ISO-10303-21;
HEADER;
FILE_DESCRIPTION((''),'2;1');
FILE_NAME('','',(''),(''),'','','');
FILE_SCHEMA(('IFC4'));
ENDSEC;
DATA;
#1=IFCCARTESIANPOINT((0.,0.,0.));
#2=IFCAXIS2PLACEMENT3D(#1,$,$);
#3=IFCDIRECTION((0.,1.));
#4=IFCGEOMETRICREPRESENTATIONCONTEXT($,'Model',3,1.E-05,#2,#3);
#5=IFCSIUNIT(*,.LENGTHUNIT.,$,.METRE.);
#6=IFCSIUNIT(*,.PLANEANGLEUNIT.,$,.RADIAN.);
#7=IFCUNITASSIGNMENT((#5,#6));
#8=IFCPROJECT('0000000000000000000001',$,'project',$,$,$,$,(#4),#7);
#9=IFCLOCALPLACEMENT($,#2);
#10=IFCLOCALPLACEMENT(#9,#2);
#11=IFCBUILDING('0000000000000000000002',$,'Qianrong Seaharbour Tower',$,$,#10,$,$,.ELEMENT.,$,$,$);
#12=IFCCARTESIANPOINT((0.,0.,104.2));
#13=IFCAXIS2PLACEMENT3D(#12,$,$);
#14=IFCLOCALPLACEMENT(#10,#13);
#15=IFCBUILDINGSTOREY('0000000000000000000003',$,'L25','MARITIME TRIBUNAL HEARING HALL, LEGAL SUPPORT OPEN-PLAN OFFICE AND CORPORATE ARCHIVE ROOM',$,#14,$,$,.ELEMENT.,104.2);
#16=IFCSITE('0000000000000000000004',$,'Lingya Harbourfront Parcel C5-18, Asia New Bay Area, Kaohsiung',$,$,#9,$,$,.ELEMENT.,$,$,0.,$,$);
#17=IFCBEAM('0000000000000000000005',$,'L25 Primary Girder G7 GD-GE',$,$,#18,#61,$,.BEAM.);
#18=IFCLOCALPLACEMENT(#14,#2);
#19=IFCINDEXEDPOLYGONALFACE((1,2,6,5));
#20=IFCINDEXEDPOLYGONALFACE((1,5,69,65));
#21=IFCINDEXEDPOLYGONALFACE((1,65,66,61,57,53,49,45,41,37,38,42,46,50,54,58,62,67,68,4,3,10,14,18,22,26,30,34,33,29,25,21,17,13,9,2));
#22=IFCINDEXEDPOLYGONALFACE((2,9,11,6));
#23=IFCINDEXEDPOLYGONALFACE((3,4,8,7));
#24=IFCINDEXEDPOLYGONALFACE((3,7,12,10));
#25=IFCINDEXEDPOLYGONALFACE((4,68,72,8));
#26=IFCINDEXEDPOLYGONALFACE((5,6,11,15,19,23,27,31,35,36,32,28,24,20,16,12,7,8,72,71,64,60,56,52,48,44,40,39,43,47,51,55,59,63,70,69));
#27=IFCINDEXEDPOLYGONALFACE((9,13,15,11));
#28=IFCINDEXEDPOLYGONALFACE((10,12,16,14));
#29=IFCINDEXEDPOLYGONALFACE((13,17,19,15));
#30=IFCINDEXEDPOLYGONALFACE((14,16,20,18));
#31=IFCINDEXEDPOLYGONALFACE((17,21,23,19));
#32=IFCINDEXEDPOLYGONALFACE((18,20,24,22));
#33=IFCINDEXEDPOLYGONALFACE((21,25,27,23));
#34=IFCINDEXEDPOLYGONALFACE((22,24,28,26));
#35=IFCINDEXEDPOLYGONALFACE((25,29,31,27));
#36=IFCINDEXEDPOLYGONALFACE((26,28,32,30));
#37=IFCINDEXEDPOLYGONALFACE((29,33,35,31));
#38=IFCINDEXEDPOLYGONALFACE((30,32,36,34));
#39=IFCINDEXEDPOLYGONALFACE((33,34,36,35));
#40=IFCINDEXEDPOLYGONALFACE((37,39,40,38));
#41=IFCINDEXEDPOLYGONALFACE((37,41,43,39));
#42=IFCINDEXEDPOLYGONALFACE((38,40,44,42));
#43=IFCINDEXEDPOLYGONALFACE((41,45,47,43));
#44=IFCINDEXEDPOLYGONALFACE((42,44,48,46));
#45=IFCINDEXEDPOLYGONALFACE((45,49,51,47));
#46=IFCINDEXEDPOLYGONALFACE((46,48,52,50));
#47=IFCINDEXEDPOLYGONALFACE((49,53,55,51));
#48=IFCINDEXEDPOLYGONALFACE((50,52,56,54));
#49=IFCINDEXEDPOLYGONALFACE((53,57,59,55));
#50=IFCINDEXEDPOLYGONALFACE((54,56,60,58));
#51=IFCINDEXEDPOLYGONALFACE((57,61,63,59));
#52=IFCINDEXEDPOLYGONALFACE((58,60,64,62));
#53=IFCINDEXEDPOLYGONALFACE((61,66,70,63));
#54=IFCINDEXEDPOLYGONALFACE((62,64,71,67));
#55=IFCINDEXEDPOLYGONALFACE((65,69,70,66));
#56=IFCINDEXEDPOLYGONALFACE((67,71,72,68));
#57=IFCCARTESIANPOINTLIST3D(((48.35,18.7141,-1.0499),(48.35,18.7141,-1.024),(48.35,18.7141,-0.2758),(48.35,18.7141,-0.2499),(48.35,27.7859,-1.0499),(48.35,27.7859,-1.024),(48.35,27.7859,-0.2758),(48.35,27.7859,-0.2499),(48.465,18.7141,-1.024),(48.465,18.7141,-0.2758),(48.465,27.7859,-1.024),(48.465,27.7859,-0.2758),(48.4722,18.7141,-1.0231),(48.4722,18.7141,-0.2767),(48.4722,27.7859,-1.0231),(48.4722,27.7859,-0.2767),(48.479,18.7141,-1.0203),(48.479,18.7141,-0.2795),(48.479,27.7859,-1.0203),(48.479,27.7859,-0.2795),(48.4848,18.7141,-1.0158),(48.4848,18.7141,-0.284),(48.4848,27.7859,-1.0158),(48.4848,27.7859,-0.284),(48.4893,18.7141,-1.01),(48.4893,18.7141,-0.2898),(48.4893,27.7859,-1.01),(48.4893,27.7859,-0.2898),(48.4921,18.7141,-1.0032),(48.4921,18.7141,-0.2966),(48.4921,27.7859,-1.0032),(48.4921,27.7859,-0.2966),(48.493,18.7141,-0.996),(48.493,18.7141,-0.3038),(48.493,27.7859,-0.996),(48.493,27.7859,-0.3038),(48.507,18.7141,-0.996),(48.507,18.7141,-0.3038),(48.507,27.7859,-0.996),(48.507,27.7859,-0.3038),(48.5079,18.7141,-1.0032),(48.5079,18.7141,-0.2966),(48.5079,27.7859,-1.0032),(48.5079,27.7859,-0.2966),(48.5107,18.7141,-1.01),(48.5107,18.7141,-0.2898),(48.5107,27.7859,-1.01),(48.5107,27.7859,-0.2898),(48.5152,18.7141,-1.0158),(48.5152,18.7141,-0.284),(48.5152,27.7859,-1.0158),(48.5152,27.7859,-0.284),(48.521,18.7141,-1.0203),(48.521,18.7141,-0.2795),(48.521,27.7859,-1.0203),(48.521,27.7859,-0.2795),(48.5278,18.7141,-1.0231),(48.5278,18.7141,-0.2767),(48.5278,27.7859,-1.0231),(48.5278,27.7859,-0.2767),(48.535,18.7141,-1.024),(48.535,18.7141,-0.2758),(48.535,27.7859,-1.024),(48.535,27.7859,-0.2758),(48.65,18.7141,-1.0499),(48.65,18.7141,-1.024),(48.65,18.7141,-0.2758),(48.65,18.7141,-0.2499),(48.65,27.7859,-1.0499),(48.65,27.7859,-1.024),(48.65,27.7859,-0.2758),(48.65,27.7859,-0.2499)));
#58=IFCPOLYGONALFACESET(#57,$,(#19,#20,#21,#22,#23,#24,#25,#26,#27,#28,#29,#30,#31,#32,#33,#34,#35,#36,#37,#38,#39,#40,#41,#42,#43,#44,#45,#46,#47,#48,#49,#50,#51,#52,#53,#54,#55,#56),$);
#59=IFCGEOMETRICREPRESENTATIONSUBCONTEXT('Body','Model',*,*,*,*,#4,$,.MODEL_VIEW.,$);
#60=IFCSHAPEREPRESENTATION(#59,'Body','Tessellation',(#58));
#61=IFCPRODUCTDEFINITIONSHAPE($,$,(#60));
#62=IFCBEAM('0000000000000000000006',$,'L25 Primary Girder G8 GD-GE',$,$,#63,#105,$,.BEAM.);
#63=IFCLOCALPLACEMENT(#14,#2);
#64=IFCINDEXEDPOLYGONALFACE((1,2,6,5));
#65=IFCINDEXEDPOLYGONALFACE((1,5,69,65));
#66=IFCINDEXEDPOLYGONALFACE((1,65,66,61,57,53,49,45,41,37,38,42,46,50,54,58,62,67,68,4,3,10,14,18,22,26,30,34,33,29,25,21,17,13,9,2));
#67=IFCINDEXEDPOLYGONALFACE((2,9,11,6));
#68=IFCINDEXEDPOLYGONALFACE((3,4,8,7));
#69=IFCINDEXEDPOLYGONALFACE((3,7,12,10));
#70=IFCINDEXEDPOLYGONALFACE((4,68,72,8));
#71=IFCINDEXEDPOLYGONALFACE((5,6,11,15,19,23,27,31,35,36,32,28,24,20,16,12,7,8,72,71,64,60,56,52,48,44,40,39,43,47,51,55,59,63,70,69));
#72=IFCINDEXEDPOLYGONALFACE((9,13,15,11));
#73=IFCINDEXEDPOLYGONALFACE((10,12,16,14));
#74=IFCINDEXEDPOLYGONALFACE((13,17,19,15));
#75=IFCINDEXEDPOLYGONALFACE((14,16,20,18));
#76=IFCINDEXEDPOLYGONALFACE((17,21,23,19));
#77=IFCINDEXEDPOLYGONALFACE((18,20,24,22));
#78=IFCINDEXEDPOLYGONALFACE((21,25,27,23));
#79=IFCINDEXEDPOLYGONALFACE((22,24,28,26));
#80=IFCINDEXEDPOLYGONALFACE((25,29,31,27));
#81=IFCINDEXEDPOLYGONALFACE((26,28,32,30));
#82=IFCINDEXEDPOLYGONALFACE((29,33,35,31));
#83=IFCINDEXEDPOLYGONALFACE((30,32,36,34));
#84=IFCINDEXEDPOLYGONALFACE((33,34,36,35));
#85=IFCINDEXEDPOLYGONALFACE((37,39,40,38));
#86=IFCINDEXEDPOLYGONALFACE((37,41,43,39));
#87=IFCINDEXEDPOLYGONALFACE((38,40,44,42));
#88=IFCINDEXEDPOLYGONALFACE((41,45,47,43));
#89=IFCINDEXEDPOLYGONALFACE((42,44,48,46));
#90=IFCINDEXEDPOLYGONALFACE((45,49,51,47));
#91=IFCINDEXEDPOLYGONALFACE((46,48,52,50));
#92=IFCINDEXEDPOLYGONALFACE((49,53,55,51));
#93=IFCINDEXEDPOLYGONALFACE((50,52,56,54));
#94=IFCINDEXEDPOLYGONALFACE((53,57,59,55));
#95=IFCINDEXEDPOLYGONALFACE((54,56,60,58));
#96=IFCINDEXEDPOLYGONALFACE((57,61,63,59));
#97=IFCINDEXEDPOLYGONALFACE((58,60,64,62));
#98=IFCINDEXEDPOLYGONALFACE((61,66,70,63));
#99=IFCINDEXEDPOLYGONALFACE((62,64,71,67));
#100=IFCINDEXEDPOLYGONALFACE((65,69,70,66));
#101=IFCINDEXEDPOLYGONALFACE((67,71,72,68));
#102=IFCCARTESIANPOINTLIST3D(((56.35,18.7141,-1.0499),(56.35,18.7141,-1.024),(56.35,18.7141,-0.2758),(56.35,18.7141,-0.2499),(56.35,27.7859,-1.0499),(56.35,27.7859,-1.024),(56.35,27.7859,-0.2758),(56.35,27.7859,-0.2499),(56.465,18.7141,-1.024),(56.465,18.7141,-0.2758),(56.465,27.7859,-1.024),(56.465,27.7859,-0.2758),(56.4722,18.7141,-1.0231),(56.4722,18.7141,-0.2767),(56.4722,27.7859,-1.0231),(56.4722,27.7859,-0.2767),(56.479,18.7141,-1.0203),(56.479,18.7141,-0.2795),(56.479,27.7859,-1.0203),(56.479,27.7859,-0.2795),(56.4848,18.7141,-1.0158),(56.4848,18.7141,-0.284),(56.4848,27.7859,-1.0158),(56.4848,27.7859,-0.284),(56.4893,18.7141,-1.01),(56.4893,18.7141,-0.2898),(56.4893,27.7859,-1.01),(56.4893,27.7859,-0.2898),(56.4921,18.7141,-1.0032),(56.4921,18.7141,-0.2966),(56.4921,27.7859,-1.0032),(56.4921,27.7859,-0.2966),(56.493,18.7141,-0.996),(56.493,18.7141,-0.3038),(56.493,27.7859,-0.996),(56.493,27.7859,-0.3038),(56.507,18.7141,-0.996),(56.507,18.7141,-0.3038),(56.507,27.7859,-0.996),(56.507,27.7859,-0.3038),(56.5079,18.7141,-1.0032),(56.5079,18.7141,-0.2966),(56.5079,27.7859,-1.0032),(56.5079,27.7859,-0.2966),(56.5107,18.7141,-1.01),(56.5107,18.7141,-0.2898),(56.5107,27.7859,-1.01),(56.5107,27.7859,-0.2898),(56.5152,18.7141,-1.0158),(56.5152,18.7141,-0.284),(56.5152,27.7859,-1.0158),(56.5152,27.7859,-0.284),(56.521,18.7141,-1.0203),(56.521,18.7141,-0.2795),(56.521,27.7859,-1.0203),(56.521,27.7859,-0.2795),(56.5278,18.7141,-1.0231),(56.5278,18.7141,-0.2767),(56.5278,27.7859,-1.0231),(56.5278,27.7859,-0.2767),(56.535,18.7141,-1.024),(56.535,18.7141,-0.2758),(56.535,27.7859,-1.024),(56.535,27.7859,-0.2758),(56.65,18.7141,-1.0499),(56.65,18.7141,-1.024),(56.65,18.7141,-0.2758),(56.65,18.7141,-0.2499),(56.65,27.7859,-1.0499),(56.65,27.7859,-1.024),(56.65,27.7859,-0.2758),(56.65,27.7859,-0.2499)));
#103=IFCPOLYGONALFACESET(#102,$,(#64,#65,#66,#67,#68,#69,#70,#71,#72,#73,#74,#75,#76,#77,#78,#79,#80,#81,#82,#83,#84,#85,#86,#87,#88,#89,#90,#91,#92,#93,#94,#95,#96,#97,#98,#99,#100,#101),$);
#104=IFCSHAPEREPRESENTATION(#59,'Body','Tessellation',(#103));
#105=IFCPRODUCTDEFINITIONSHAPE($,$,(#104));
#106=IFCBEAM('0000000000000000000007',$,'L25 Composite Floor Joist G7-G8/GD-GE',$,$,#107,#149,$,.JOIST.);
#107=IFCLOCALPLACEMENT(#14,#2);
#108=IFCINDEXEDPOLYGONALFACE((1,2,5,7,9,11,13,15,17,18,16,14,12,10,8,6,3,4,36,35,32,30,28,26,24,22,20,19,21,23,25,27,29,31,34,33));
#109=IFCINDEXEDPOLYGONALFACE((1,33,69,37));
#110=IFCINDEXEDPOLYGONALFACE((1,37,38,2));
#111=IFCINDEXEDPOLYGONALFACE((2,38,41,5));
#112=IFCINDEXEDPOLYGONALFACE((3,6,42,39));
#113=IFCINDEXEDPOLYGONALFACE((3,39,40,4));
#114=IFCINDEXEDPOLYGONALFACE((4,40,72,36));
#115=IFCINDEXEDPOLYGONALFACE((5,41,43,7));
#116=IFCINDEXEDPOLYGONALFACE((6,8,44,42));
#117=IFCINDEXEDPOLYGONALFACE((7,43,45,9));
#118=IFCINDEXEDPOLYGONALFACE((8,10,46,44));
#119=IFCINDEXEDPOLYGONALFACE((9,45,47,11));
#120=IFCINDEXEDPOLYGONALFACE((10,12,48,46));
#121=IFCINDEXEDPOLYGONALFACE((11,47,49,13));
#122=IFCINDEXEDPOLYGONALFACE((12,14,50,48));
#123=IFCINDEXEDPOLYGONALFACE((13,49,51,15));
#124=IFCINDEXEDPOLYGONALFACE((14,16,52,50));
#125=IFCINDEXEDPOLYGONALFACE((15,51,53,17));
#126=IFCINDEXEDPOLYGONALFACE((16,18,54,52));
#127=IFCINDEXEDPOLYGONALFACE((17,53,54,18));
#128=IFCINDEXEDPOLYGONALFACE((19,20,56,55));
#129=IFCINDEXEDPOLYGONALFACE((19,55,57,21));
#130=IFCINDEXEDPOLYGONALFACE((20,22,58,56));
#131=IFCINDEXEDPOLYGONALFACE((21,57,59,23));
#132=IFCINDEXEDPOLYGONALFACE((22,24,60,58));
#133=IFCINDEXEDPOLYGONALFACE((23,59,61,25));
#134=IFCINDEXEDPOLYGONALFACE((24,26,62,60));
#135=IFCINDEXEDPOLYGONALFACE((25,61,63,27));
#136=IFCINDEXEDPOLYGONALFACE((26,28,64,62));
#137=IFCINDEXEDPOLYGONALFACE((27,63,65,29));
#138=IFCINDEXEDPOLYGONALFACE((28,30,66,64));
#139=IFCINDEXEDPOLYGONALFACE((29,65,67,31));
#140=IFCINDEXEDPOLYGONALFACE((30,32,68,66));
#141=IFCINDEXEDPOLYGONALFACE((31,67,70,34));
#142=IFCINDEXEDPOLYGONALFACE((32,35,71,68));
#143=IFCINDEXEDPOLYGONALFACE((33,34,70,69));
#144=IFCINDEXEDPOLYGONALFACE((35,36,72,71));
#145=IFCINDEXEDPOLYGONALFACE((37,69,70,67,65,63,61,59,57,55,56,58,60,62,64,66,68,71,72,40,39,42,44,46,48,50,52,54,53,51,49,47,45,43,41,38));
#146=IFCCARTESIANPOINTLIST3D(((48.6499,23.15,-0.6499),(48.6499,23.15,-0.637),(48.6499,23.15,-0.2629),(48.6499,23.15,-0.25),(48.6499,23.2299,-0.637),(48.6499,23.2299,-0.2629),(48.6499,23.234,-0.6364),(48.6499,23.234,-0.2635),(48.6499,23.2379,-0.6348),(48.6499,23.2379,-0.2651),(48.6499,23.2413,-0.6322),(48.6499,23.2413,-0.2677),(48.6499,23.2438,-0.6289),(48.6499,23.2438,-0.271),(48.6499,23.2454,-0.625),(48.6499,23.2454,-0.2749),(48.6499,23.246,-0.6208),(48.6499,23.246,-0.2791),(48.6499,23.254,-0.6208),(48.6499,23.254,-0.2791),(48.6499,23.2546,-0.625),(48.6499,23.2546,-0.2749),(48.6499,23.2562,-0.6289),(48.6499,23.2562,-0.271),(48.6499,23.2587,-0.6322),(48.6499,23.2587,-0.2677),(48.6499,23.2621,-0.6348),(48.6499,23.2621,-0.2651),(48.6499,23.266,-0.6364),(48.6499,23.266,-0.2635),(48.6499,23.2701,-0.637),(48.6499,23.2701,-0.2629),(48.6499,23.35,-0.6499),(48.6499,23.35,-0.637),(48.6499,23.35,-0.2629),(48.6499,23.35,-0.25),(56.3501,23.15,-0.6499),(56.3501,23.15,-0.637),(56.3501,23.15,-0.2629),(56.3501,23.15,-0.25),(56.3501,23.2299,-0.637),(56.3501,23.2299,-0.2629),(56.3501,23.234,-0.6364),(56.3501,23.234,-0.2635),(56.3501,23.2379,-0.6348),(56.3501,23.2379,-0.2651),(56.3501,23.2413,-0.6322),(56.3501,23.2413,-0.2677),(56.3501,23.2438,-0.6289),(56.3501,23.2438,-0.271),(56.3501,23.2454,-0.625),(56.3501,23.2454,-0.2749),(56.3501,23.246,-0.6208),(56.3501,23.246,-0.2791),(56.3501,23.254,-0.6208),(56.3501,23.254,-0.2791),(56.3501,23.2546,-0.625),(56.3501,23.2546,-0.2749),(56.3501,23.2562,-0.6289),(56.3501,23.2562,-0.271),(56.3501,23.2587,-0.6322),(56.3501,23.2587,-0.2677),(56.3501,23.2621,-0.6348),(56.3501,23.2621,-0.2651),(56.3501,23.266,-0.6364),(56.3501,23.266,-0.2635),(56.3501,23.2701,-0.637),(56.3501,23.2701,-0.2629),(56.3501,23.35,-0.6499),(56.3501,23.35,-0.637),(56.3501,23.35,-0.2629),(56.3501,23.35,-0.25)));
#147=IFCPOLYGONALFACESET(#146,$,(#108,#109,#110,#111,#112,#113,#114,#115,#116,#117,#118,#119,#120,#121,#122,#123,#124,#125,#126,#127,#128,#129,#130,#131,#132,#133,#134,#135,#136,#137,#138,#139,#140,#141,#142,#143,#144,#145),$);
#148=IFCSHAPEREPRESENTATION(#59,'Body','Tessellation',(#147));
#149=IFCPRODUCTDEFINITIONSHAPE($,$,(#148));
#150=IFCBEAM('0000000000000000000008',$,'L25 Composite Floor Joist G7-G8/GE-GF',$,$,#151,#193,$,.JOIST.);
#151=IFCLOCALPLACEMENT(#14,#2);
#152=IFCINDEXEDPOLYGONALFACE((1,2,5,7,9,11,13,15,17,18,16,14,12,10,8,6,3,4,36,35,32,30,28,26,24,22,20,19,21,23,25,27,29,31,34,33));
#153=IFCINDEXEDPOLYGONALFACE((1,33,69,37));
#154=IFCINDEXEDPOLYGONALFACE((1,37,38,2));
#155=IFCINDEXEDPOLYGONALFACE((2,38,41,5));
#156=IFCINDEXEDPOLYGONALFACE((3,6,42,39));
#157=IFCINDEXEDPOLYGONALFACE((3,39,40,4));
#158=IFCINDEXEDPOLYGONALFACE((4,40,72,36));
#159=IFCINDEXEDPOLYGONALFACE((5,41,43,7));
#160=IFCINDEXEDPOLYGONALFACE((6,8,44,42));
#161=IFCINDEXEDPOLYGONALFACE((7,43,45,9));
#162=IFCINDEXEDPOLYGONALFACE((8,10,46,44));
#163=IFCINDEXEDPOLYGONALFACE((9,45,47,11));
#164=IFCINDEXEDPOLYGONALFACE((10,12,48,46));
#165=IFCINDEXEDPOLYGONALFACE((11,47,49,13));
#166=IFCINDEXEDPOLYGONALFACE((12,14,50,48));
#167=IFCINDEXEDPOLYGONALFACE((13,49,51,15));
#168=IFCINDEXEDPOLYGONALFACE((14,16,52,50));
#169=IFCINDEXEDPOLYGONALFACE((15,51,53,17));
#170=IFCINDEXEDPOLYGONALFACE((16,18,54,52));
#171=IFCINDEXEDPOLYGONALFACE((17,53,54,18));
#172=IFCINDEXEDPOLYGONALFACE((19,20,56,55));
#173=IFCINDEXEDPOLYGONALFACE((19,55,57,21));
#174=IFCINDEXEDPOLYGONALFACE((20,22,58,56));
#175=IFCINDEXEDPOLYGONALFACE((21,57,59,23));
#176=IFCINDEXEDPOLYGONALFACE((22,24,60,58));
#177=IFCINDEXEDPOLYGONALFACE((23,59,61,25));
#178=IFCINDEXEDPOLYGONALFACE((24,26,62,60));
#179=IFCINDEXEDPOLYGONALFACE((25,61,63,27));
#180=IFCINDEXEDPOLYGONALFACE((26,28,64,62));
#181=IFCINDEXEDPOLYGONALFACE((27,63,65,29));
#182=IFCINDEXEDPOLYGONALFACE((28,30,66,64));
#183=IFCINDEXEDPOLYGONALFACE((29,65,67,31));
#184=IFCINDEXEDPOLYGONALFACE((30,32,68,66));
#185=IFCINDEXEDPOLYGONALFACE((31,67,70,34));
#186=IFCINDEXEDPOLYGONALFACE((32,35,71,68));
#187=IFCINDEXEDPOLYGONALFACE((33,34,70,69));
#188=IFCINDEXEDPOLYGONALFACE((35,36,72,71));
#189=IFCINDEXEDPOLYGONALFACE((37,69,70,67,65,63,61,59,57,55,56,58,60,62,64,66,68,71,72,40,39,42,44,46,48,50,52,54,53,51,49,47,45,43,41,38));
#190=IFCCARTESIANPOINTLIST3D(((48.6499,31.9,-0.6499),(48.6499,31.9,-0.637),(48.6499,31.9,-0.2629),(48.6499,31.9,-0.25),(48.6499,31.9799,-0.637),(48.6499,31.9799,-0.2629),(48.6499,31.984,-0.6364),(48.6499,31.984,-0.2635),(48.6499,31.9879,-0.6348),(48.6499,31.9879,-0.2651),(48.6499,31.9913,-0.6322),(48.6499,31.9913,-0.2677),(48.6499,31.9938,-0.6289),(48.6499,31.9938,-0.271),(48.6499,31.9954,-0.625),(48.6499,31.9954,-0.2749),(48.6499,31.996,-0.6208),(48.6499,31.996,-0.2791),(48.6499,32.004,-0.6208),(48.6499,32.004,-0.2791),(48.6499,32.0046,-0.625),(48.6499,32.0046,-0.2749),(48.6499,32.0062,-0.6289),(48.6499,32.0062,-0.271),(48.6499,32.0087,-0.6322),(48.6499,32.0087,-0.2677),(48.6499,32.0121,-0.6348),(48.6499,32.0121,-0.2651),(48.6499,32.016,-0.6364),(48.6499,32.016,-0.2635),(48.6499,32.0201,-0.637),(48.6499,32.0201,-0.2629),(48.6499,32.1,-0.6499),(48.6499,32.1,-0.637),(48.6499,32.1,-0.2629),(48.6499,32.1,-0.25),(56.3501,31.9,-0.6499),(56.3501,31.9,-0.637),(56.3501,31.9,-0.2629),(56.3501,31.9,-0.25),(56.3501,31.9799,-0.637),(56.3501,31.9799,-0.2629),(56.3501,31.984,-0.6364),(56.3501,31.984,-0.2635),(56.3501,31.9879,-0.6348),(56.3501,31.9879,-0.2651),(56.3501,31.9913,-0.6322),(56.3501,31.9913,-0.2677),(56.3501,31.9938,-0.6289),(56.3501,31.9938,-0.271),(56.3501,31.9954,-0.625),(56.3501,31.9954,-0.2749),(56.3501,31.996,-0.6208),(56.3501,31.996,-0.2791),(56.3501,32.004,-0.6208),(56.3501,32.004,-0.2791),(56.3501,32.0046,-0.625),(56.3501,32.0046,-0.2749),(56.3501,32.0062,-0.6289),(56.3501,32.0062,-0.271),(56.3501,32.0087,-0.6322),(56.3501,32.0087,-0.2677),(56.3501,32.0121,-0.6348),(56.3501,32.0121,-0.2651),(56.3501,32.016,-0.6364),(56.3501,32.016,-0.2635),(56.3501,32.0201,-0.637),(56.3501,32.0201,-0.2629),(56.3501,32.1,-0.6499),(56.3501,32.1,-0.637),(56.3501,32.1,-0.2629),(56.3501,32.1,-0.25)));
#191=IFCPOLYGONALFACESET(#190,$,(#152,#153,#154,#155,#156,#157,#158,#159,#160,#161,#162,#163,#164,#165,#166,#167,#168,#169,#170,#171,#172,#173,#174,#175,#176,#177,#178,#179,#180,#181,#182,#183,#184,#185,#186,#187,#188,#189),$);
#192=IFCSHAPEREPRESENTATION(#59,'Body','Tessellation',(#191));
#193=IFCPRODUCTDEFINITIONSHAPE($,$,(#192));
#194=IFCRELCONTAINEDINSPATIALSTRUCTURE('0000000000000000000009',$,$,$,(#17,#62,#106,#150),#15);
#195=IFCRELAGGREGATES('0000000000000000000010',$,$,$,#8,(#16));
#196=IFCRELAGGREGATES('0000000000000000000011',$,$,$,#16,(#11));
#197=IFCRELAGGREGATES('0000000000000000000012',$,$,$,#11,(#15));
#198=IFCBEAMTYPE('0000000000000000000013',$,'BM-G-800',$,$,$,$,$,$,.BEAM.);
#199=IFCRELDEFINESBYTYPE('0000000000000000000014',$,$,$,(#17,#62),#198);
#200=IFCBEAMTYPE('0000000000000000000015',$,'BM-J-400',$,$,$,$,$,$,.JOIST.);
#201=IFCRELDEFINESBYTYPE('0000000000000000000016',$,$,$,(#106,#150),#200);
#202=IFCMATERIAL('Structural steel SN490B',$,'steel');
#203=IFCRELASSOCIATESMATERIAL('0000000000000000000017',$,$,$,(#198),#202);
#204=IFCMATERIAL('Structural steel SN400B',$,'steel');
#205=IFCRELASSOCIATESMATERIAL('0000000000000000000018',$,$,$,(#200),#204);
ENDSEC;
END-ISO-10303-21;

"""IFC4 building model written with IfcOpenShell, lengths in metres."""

from ifc_helpers import new_model, si_unit, direction, frame, origin, origin_2d, place, context, subcontext, project, spatial, i_section, extrude, material, material_profile, profile_set, type_object, element, save


model = new_model("IFC4")

# Units and contexts
model_context = context("Model", 3, precision=1e-05, world=origin(), true_north=direction((0.0, 1.0)))
body_context = subcontext(model_context, "Body", "Model", "MODEL_VIEW")
ifc_project = project(units=[si_unit("LENGTHUNIT", "METRE"), si_unit("PLANEANGLEUNIT", "RADIAN")], contexts=[model_context])

# Site, building, storey
site_placement = place(None, origin())
site = spatial("IfcSite", under=ifc_project, at=site_placement, Name="Lingya Harbourfront Parcel C5-18, Asia New Bay Area, Kaohsiung", CompositionType="ELEMENT", RefElevation=0.0)
building_placement = place(site_placement, origin())
building = spatial("IfcBuilding", under=site, at=building_placement, Name="Qianrong Seaharbour Tower", CompositionType="ELEMENT")
storey_placement = place(building_placement, frame((0.0, 0.0, 104.2)))
storey = spatial("IfcBuildingStorey", under=building, at=storey_placement, Name="L25", Description="MARITIME TRIBUNAL HEARING HALL, LEGAL SUPPORT OPEN-PLAN OFFICE AND CORPORATE ARCHIVE ROOM", CompositionType="ELEMENT", Elevation=104.2)

# Shared definitions
ifc_material_1 = material(Name="Structural steel SN490B", Category="steel")

# Beams
ifc_material_profile_1 = material_profile(ifc_material_1, i_section(OverallWidth=0.3, OverallDepth=0.8, WebThickness=0.0139, FlangeThickness=0.0259, FilletRadius=0.0281, at=origin_2d()), Name="H800x300x14x26")
ifc_profile_set_1 = profile_set([ifc_material_profile_1], Name="Structural steel SN490B")
beam_type_1 = type_object("IfcBeamType", Name="BM-G-800", PredefinedType="BEAM", material=ifc_profile_set_1)
for number, where, z_axis, x_axis, name in (
    (1, (48.5, 18.7141, -0.6499), (0.0, 1.0, 0.0), (-1.0, 0.0, 0.0), "L25 Primary Girder G7 GD-GE"),
    (2, (56.5, 18.7141, -0.6499), (0.0, 1.0, 0.0), (-1.0, 0.0, 0.0), "L25 Primary Girder G8 GD-GE"),
):
    element("IfcBeam", number, at=place(storey_placement, frame(where, z_axis=z_axis, x_axis=x_axis)), inside=storey, type_object=beam_type_1, Name=name, PredefinedType="BEAM", context=body_context, shape_type="SweptSolid", body=[
        extrude(i_section(OverallWidth=0.3, OverallDepth=0.8, WebThickness=0.0139, FlangeThickness=0.0259, FilletRadius=0.0281, at=origin_2d()), origin(), (0.0, 0.0, 1.0), 9.0718),
    ])
ifc_material_2 = material(Name="Structural steel SN400B", Category="steel")
ifc_material_profile_2 = material_profile(ifc_material_2, i_section(OverallWidth=0.2, OverallDepth=0.3999, WebThickness=0.0081, FlangeThickness=0.0129, FilletRadius=0.0161, at=origin_2d()), Name="H400x200x8x13")
ifc_profile_set_2 = profile_set([ifc_material_profile_2], Name="Structural steel SN400B")
beam_type_2 = type_object("IfcBeamType", Name="BM-J-400", PredefinedType="JOIST", material=ifc_profile_set_2)
for number, where, z_axis, x_axis, name in (
    (3, (48.6499, 23.25, -0.45), (1.0, 0.0, 0.0), (0.0, 1.0, 0.0), "L25 Composite Floor Joist G7-G8/GD-GE"),
    (4, (48.6499, 32.0, -0.45), (1.0, 0.0, 0.0), (0.0, 1.0, 0.0), "L25 Composite Floor Joist G7-G8/GE-GF"),
):
    element("IfcBeam", number, at=place(storey_placement, frame(where, z_axis=z_axis, x_axis=x_axis)), inside=storey, type_object=beam_type_2, Name=name, PredefinedType="JOIST", context=body_context, shape_type="SweptSolid", body=[
        extrude(i_section(OverallWidth=0.2, OverallDepth=0.3999, WebThickness=0.0081, FlangeThickness=0.0129, FilletRadius=0.0161, at=origin_2d()), origin(), (0.0, 0.0, 1.0), 7.7002),
    ])

save(model, "model.ifc")
